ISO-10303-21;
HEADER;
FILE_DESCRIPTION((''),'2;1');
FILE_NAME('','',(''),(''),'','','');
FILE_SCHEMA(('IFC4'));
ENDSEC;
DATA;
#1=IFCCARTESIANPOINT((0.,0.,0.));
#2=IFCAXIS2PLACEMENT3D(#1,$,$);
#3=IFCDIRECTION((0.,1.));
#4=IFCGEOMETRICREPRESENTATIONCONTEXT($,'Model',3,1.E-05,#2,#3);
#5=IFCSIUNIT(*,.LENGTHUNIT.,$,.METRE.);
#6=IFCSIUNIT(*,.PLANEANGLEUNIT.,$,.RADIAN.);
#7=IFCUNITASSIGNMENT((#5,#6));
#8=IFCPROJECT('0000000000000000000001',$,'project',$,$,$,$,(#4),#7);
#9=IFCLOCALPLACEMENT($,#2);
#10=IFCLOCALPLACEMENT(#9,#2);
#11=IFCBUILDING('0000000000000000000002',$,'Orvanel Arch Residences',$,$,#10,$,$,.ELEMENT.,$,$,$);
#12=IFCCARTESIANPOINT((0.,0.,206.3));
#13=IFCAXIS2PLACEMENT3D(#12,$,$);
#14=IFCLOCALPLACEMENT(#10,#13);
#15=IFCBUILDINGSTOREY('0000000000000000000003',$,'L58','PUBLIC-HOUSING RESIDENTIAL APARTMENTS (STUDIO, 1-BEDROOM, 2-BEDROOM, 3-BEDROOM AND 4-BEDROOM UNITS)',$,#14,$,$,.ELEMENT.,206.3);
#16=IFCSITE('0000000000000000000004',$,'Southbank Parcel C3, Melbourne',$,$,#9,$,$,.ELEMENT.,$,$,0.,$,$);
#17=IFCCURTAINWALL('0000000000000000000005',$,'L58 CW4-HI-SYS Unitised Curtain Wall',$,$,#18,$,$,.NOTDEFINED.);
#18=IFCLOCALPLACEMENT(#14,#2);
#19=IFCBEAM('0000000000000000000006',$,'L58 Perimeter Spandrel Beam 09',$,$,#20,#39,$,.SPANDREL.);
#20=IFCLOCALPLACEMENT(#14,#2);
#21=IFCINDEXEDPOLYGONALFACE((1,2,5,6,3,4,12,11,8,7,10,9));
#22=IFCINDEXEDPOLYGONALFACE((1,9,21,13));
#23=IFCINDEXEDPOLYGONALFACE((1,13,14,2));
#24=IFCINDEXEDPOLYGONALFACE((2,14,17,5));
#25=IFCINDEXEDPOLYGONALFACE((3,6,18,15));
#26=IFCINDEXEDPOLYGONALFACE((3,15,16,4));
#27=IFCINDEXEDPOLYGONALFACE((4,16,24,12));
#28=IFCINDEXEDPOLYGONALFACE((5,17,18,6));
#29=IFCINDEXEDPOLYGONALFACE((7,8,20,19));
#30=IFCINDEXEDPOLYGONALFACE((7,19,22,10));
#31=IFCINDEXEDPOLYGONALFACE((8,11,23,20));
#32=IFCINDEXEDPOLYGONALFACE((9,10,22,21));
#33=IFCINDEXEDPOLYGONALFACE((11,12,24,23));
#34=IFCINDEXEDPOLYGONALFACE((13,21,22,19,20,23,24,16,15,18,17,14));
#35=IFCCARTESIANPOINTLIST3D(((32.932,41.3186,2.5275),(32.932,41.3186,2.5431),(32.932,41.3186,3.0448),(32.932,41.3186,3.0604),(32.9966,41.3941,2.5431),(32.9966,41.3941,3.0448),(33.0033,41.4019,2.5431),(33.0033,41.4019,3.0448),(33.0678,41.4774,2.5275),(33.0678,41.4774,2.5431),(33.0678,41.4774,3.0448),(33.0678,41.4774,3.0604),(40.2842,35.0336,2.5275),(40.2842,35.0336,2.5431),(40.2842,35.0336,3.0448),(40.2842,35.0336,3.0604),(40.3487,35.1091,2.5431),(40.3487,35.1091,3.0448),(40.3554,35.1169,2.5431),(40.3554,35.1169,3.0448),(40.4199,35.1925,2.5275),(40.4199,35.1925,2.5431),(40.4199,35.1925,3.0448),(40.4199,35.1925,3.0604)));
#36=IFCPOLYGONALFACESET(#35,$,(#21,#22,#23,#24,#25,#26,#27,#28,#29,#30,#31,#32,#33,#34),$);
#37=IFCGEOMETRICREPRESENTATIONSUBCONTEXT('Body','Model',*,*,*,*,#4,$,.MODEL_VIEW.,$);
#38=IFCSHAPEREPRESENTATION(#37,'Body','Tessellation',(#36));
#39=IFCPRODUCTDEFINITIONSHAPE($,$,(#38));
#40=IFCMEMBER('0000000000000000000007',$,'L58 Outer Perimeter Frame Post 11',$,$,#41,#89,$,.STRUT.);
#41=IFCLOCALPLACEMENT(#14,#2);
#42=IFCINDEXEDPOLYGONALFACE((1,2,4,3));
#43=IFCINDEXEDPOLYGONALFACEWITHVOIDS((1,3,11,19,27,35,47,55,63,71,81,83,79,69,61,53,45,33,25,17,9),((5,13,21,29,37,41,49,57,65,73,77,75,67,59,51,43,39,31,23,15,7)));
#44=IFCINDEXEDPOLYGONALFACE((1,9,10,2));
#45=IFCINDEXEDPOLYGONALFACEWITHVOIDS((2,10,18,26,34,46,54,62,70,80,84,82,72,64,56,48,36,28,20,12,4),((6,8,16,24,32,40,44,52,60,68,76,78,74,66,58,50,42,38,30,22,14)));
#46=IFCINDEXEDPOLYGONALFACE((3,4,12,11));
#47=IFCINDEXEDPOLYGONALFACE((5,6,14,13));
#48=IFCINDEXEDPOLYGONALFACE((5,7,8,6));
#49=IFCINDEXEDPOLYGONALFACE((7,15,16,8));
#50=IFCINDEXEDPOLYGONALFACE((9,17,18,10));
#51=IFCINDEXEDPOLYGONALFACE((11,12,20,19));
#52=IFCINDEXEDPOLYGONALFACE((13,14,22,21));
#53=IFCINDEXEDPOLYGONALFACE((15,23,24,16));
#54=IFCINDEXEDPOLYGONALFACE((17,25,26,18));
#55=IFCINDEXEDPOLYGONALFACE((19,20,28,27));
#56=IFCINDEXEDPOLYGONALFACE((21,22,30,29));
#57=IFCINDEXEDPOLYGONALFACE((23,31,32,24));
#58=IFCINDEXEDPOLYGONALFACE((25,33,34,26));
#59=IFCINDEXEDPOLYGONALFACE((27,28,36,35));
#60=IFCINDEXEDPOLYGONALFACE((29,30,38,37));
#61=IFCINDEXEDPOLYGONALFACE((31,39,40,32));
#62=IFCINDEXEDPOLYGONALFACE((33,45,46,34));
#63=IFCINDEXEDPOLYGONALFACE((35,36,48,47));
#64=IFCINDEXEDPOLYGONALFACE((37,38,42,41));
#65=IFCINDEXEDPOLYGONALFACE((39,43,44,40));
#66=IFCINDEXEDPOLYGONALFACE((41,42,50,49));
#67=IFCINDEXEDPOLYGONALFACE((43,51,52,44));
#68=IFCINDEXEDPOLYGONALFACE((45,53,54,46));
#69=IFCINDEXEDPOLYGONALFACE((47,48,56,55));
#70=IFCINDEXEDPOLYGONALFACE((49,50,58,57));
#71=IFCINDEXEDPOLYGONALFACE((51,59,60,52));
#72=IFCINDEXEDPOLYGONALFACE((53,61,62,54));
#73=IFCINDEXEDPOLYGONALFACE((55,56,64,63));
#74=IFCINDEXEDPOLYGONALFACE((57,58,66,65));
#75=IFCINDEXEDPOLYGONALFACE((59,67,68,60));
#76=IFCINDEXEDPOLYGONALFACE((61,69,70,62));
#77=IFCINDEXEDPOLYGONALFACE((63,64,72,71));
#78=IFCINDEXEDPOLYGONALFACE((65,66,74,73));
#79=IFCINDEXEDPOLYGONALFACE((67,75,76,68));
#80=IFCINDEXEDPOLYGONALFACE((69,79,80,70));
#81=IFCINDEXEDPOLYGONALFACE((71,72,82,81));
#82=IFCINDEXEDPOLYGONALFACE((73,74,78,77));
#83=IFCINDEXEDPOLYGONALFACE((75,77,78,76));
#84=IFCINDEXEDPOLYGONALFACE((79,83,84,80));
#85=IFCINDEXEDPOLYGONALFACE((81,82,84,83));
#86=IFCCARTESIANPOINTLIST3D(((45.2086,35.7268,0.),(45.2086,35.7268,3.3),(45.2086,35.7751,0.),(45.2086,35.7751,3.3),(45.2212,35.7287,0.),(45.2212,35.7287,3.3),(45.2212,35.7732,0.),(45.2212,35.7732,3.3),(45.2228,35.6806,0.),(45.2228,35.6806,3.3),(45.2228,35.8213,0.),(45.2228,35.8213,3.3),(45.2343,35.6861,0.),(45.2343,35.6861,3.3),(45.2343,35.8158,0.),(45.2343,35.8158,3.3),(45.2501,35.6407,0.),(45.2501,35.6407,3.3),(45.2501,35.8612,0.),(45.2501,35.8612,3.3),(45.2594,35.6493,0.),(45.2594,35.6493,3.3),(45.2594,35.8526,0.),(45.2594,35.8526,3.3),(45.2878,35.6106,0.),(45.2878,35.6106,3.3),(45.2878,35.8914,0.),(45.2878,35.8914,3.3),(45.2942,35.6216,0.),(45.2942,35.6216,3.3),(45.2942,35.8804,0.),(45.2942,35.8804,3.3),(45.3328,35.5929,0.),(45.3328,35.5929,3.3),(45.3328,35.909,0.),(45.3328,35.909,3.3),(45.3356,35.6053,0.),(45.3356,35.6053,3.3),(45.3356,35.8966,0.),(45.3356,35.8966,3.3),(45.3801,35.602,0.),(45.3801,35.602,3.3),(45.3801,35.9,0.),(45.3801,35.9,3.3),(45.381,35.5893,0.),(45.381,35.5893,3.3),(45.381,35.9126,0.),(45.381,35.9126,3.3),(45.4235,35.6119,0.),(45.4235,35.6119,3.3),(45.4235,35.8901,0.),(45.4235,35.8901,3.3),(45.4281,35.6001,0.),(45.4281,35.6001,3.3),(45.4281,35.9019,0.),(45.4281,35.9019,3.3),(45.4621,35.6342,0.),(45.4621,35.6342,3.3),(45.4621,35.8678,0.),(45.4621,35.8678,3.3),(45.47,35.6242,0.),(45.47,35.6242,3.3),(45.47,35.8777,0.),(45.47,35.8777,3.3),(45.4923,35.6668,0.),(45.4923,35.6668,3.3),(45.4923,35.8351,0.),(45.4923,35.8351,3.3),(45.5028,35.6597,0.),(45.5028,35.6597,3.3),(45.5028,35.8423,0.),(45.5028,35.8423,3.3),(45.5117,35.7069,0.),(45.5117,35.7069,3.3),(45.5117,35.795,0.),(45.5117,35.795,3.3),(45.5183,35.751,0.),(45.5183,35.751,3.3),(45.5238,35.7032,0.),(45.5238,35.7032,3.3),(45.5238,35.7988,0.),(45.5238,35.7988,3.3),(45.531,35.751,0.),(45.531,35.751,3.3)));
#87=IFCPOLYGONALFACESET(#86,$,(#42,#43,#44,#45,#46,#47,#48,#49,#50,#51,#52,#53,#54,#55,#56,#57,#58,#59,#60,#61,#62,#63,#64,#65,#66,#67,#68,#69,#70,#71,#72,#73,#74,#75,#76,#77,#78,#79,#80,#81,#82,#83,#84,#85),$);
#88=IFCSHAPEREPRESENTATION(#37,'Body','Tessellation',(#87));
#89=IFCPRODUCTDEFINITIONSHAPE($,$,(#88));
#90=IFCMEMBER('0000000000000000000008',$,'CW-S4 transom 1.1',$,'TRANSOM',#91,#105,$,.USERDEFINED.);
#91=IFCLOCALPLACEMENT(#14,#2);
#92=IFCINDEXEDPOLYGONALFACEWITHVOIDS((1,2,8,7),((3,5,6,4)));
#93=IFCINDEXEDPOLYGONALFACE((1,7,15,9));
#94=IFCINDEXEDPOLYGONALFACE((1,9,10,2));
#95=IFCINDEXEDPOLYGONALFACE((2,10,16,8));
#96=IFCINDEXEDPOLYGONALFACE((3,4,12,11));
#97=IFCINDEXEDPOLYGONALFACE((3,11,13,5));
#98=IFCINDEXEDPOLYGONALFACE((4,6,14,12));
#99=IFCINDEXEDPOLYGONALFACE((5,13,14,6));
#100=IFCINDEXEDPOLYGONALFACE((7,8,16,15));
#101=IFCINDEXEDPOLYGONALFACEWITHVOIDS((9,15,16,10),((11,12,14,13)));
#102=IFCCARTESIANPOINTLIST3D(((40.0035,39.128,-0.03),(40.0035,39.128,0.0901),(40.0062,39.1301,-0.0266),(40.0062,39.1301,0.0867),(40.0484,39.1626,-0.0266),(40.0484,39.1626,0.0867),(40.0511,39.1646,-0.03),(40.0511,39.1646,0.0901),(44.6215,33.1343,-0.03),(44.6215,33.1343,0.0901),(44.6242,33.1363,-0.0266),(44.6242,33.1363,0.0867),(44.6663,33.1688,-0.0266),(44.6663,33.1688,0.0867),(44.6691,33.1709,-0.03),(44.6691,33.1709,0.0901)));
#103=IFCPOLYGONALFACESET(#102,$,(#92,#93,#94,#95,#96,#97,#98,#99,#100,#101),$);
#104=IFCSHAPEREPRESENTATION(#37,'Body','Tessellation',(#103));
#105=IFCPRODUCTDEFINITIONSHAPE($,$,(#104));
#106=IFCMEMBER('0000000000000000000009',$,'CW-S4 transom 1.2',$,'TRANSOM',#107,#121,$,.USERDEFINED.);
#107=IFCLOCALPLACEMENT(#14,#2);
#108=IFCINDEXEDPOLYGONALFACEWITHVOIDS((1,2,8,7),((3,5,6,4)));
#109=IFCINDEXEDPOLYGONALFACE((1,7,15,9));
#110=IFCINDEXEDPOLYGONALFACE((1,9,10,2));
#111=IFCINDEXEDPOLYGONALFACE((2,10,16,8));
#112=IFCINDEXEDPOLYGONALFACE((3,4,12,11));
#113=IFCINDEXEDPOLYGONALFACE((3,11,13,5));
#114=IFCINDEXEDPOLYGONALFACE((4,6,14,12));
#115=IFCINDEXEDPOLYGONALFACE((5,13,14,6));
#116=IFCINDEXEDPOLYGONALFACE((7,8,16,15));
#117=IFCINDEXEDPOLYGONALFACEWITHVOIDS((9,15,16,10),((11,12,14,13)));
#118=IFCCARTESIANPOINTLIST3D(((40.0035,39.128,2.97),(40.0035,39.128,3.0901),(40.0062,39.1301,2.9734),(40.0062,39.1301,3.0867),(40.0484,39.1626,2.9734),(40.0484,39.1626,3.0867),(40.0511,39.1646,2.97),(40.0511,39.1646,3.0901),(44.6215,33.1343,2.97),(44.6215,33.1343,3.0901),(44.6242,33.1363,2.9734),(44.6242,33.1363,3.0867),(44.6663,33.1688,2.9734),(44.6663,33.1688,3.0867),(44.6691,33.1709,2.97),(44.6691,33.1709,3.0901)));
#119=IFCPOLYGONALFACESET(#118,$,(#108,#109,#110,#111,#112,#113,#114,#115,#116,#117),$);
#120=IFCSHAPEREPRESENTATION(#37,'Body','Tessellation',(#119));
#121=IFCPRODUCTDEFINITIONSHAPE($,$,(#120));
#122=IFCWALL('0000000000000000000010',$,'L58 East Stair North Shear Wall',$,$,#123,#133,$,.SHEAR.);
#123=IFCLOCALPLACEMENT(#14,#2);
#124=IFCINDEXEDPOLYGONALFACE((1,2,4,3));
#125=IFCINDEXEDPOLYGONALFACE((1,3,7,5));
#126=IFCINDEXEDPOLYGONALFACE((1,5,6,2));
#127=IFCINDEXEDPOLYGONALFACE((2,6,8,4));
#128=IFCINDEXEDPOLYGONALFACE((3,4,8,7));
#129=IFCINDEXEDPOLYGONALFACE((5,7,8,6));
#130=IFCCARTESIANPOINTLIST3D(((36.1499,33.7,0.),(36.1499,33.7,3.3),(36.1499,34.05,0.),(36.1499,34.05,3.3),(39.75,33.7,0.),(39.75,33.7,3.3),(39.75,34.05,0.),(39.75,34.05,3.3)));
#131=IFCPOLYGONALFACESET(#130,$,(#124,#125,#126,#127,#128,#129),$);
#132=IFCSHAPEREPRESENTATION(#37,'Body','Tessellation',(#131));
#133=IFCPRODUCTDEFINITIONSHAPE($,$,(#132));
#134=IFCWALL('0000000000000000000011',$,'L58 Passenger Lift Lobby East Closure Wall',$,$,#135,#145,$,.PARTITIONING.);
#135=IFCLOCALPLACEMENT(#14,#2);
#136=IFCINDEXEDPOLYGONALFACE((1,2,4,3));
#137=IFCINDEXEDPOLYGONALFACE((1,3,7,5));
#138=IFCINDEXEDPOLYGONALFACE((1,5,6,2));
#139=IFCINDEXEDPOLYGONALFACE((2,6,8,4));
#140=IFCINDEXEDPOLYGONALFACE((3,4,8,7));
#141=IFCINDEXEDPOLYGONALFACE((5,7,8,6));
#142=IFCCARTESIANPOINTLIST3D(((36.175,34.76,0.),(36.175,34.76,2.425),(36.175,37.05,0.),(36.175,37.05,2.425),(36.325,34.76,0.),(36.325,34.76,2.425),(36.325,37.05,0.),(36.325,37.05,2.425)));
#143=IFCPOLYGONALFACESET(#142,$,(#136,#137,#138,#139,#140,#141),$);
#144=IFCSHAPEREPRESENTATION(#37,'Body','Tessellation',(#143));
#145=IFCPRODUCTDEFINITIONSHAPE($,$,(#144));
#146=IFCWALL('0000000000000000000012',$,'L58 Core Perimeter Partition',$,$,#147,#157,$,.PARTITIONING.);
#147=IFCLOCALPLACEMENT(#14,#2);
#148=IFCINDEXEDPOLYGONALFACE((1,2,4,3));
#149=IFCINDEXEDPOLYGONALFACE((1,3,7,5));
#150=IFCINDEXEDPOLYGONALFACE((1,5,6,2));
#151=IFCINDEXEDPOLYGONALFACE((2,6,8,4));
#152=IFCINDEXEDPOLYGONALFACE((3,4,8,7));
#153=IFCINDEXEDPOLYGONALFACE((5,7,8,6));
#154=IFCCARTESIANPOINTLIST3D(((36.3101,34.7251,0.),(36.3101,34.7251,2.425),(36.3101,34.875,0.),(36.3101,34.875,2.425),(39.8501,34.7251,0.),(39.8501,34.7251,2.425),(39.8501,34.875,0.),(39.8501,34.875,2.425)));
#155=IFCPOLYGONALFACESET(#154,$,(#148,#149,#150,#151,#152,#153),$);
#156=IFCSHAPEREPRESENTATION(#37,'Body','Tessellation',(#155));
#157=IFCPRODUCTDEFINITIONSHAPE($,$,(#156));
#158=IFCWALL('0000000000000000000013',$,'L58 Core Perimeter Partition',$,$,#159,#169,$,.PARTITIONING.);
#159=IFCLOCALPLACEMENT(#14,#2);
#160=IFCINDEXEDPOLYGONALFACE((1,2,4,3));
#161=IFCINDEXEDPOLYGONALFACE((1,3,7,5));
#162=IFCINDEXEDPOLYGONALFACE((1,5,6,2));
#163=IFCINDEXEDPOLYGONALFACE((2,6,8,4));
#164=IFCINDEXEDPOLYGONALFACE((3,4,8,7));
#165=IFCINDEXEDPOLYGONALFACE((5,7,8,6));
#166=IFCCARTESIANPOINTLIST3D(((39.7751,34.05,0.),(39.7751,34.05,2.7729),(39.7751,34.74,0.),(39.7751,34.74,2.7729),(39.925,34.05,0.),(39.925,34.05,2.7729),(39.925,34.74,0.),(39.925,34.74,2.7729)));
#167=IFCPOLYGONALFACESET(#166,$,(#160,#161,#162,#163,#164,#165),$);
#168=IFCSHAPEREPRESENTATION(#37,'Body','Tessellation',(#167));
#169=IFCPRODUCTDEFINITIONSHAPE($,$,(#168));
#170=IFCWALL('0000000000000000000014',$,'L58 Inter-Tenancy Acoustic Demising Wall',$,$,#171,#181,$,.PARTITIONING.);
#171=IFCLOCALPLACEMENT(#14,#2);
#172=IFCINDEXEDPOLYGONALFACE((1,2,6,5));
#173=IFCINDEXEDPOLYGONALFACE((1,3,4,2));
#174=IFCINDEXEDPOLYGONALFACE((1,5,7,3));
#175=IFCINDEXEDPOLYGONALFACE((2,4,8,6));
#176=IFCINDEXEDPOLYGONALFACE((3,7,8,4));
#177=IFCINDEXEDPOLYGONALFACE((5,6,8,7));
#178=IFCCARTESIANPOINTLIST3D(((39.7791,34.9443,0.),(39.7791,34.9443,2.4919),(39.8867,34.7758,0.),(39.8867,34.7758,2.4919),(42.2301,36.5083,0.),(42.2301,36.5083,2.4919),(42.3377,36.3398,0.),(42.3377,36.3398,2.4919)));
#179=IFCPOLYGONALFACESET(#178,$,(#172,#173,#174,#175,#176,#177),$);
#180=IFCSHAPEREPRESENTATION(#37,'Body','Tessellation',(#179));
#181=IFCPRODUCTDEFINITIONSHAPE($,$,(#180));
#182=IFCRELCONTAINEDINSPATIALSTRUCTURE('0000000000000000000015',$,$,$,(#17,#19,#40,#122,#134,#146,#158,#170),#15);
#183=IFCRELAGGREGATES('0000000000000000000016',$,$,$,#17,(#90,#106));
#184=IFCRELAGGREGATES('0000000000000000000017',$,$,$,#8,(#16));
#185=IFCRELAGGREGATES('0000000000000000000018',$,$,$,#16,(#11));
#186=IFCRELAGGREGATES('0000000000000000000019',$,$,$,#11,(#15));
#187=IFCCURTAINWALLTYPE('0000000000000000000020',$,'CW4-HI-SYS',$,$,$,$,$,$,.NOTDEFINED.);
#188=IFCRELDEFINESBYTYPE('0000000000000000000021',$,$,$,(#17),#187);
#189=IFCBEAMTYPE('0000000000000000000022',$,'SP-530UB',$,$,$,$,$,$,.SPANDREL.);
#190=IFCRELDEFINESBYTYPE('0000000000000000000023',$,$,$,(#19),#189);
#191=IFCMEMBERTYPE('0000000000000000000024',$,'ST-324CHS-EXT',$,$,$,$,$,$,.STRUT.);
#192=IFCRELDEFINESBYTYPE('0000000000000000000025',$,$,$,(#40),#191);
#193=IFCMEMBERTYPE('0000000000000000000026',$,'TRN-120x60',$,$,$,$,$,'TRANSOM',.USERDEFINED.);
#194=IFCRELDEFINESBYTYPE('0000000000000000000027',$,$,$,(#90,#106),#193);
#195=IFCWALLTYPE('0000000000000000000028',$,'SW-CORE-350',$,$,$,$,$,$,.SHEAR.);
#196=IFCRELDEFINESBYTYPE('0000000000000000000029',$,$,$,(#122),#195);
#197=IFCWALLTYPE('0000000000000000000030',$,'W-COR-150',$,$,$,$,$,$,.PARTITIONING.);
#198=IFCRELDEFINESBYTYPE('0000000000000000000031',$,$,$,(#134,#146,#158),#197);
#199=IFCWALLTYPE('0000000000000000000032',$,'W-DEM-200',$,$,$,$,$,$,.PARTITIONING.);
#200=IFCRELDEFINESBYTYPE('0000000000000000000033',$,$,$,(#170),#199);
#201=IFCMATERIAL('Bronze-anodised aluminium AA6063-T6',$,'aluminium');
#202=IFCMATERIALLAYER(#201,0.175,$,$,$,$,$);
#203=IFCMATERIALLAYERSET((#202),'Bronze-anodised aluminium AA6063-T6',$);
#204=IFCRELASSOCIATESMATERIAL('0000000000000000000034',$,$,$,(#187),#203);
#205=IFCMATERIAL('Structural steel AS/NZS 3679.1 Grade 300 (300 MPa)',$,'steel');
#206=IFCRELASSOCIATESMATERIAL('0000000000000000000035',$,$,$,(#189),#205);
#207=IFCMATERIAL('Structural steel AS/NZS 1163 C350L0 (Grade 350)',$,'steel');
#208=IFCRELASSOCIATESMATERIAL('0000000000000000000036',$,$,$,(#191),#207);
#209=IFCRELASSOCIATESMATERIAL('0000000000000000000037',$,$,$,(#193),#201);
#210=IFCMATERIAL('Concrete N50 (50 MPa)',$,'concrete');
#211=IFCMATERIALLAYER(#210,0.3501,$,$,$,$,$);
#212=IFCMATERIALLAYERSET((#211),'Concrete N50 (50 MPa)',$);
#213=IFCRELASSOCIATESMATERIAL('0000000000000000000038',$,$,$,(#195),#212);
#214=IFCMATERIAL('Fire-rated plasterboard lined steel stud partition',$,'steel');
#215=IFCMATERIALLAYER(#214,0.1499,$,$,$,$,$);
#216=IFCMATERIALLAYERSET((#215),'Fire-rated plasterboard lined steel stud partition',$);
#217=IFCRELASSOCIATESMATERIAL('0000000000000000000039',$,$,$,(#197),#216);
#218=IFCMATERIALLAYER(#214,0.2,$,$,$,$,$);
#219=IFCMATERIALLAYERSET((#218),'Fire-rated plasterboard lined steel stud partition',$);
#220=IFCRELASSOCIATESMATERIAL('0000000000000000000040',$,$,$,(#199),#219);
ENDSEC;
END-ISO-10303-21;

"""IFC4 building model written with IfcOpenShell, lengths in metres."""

from ifc_helpers import new_model, si_unit, direction, frame, frame_2d, origin, origin_2d, place, context, subcontext, project, spatial, rectangle, hollow_rectangle, hollow_circle, i_section, extrude, material, layer, layer_set, material_profile, profile_set, type_object, element, aggregate, save


model = new_model("IFC4")

# Units and contexts
model_context = context("Model", 3, precision=1e-05, world=origin(), true_north=direction((0.0, 1.0)))
body_context = subcontext(model_context, "Body", "Model", "MODEL_VIEW")
ifc_project = project(units=[si_unit("LENGTHUNIT", "METRE"), si_unit("PLANEANGLEUNIT", "RADIAN")], contexts=[model_context])

# Site, building, storey
site_placement = place(None, origin())
site = spatial("IfcSite", under=ifc_project, at=site_placement, Name="Southbank Parcel C3, Melbourne", CompositionType="ELEMENT", RefElevation=0.0)
building_placement = place(site_placement, origin())
building = spatial("IfcBuilding", under=site, at=building_placement, Name="Orvanel Arch Residences", CompositionType="ELEMENT")
storey_placement = place(building_placement, frame((0.0, 0.0, 206.3)))
storey = spatial("IfcBuildingStorey", under=building, at=storey_placement, Name="L58", Description="PUBLIC-HOUSING RESIDENTIAL APARTMENTS (STUDIO, 1-BEDROOM, 2-BEDROOM, 3-BEDROOM AND 4-BEDROOM UNITS)", CompositionType="ELEMENT", Elevation=206.3)

# Shared definitions
ifc_material_1 = material(Name="Structural steel AS/NZS 3679.1 Grade 300 (300 MPa)", Category="steel")

# Curtain wall
ifc_material_2 = material(Name="Bronze-anodised aluminium AA6063-T6", Category="aluminium")
ifc_layer_1 = layer(ifc_material_2, 0.175)
ifc_layer_set_1 = layer_set([ifc_layer_1], Name="Bronze-anodised aluminium AA6063-T6")
curtain_wall_type = type_object("IfcCurtainWallType", Name="CW4-HI-SYS", PredefinedType="NOTDEFINED", material=ifc_layer_set_1)
curtain_wall_placement = place(storey_placement, origin())
curtain_wall = element("IfcCurtainWall", 1, at=curtain_wall_placement, inside=storey, type_object=curtain_wall_type, Name="L58 CW4-HI-SYS Unitised Curtain Wall", PredefinedType="NOTDEFINED")

# Beam
ifc_material_profile_1 = material_profile(ifc_material_1, i_section(OverallWidth=0.209, OverallDepth=0.533, WebThickness=0.0103, FlangeThickness=0.0156, at=origin_2d()), Name="530UB92.4")
ifc_profile_set_1 = profile_set([ifc_material_profile_1], Name="Structural steel AS/NZS 3679.1 Grade 300 (300 MPa)")
beam_type_1 = type_object("IfcBeamType", Name="SP-530UB", PredefinedType="SPANDREL", material=ifc_profile_set_1)
beam_1_placement = place(storey_placement, frame((40.3521, 35.113, 2.7939), z_axis=(-0.760117, 0.649787, 0.0), x_axis=(-0.649787, -0.760117, 0.0)))
element("IfcBeam", 2, at=beam_1_placement, inside=storey, type_object=beam_type_1, Name="L58 Perimeter Spandrel Beam 09", PredefinedType="SPANDREL", context=body_context, shape_type="SweptSolid", body=[
    extrude(i_section(OverallWidth=0.209, OverallDepth=0.533, WebThickness=0.0103, FlangeThickness=0.0156, at=origin_2d()), origin(), (0.0, 0.0, 1.0), 9.6724),
])

# Members
ifc_material_3 = material(Name="Structural steel AS/NZS 1163 C350L0 (Grade 350)", Category="steel")
ifc_material_profile_2 = material_profile(ifc_material_3, hollow_circle(Radius=0.1621, WallThickness=0.0127, at=origin_2d()), Name="CHS324x12.7")
ifc_profile_set_2 = profile_set([ifc_material_profile_2], Name="Structural steel AS/NZS 1163 C350L0 (Grade 350)")
member_type_1 = type_object("IfcMemberType", Name="ST-324CHS-EXT", PredefinedType="STRUT", material=ifc_profile_set_2)
member_1_placement = place(storey_placement, frame((45.3689, 35.751, 0.0), z_axis=(0.0, 0.0, 1.0), x_axis=(1.0, 0.0, 0.0)))
element("IfcMember", 3, at=member_1_placement, inside=storey, type_object=member_type_1, Name="L58 Outer Perimeter Frame Post 11", PredefinedType="STRUT", context=body_context, shape_type="SweptSolid", body=[
    extrude(hollow_circle(Radius=0.1621, WallThickness=0.0127, at=origin_2d()), origin(), (0.0, 0.0, 1.0), 3.3),
])
ifc_material_profile_3 = material_profile(ifc_material_2, hollow_rectangle(XDim=0.0601, YDim=0.1201, WallThickness=0.0034, at=origin_2d()), Name="ALU120x60x3.5")
ifc_profile_set_3 = profile_set([ifc_material_profile_3], Name="Bronze-anodised aluminium AA6063-T6")
member_type_2 = type_object("IfcMemberType", Name="TRN-120x60", ElementType="TRANSOM", PredefinedType="USERDEFINED", material=ifc_profile_set_3)
member_2_placement = place(storey_placement, frame((44.6453, 33.1526, 0.03), z_axis=(-0.610327, 0.79215, 0.0), x_axis=(-0.79215, -0.610327, 0.0)))
member_2 = element("IfcMember", 4, at=member_2_placement, type_object=member_type_2, Name="CW-S4 transom 1.1", ObjectType="TRANSOM", PredefinedType="USERDEFINED", context=body_context, shape_type="SweptSolid", body=[
    extrude(hollow_rectangle(XDim=0.0601, YDim=0.1201, WallThickness=0.0034, at=origin_2d()), origin(), (0.0, 0.0, 1.0), 7.5664),
])
member_3_placement = place(storey_placement, frame((44.6453, 33.1526, 3.03), z_axis=(-0.610327, 0.79215, 0.0), x_axis=(-0.79215, -0.610327, 0.0)))
member_3 = element("IfcMember", 5, at=member_3_placement, type_object=member_type_2, Name="CW-S4 transom 1.2", ObjectType="TRANSOM", PredefinedType="USERDEFINED", context=body_context, shape_type="SweptSolid", body=[
    extrude(hollow_rectangle(XDim=0.0601, YDim=0.1201, WallThickness=0.0034, at=origin_2d()), origin(), (0.0, 0.0, 1.0), 7.5664),
])
aggregate(curtain_wall, [member_2, member_3])

# Walls
ifc_material_4 = material(Name="Concrete N50 (50 MPa)", Category="concrete")
ifc_layer_2 = layer(ifc_material_4, 0.3501)
ifc_layer_set_2 = layer_set([ifc_layer_2], Name="Concrete N50 (50 MPa)")
wall_type_1 = type_object("IfcWallType", Name="SW-CORE-350", PredefinedType="SHEAR", material=ifc_layer_set_2)
wall_1_placement = place(storey_placement, frame((36.1499, 33.875, 0.0), z_axis=(0.0, 0.0, 1.0), x_axis=(1.0, 0.0, 0.0)))
element("IfcWall", 6, at=wall_1_placement, inside=storey, type_object=wall_type_1, Name="L58 East Stair North Shear Wall", PredefinedType="SHEAR", context=body_context, shape_type="SweptSolid", body=[
    extrude(rectangle(XDim=3.6001, YDim=0.3501, at=frame_2d((1.8, 0.0))), origin(), (0.0, 0.0, 1.0), 3.3),
])
ifc_material_5 = material(Name="Fire-rated plasterboard lined steel stud partition", Category="steel")
ifc_layer_3 = layer(ifc_material_5, 0.1499)
ifc_layer_set_3 = layer_set([ifc_layer_3], Name="Fire-rated plasterboard lined steel stud partition")
wall_type_2 = type_object("IfcWallType", Name="W-COR-150", PredefinedType="PARTITIONING", material=ifc_layer_set_3)
wall_2_placement = place(storey_placement, frame((36.25, 34.76, 0.0), z_axis=(0.0, 0.0, 1.0), x_axis=(0.0, 1.0, 0.0)))
element("IfcWall", 7, at=wall_2_placement, inside=storey, type_object=wall_type_2, Name="L58 Passenger Lift Lobby East Closure Wall", PredefinedType="PARTITIONING", context=body_context, shape_type="SweptSolid", body=[
    extrude(rectangle(XDim=2.29, YDim=0.1499, at=frame_2d((1.145, 0.0))), origin(), (0.0, 0.0, 1.0), 2.425),
])
wall_3_placement = place(storey_placement, frame((36.3101, 34.8, 0.0), z_axis=(0.0, 0.0, 1.0), x_axis=(1.0, 0.0, 0.0)))
element("IfcWall", 8, at=wall_3_placement, inside=storey, type_object=wall_type_2, Name="L58 Core Perimeter Partition", PredefinedType="PARTITIONING", context=body_context, shape_type="SweptSolid", body=[
    extrude(rectangle(XDim=3.54, YDim=0.1499, at=frame_2d((1.77, 0.0))), origin(), (0.0, 0.0, 1.0), 2.425),
])
wall_4_placement = place(storey_placement, frame((39.8501, 34.74, 0.0), z_axis=(0.0, 0.0, 1.0), x_axis=(0.0, -1.0, 0.0)))
element("IfcWall", 9, at=wall_4_placement, inside=storey, type_object=wall_type_2, Name="L58 Core Perimeter Partition", PredefinedType="PARTITIONING", context=body_context, shape_type="SweptSolid", body=[
    extrude(rectangle(XDim=0.6899, YDim=0.1499, at=frame_2d((0.345, 0.0))), origin(), (0.0, 0.0, 1.0), 2.7729),
])
ifc_layer_4 = layer(ifc_material_5, 0.2)
ifc_layer_set_4 = layer_set([ifc_layer_4], Name="Fire-rated plasterboard lined steel stud partition")
wall_type_3 = type_object("IfcWallType", Name="W-DEM-200", PredefinedType="PARTITIONING", material=ifc_layer_set_4)
wall_5_placement = place(storey_placement, frame((39.833, 34.8601, 0.0), z_axis=(0.0, 0.0, 1.0), x_axis=(0.842994, 0.537924, 0.0)))
element("IfcWall", 10, at=wall_5_placement, inside=storey, type_object=wall_type_3, Name="L58 Inter-Tenancy Acoustic Demising Wall", PredefinedType="PARTITIONING", context=body_context, shape_type="SweptSolid", body=[
    extrude(rectangle(XDim=2.9075, YDim=0.2, at=frame_2d((1.4536, 0.0))), origin(), (0.0, 0.0, 1.0), 2.4919),
])

save(model, "model.ifc")
